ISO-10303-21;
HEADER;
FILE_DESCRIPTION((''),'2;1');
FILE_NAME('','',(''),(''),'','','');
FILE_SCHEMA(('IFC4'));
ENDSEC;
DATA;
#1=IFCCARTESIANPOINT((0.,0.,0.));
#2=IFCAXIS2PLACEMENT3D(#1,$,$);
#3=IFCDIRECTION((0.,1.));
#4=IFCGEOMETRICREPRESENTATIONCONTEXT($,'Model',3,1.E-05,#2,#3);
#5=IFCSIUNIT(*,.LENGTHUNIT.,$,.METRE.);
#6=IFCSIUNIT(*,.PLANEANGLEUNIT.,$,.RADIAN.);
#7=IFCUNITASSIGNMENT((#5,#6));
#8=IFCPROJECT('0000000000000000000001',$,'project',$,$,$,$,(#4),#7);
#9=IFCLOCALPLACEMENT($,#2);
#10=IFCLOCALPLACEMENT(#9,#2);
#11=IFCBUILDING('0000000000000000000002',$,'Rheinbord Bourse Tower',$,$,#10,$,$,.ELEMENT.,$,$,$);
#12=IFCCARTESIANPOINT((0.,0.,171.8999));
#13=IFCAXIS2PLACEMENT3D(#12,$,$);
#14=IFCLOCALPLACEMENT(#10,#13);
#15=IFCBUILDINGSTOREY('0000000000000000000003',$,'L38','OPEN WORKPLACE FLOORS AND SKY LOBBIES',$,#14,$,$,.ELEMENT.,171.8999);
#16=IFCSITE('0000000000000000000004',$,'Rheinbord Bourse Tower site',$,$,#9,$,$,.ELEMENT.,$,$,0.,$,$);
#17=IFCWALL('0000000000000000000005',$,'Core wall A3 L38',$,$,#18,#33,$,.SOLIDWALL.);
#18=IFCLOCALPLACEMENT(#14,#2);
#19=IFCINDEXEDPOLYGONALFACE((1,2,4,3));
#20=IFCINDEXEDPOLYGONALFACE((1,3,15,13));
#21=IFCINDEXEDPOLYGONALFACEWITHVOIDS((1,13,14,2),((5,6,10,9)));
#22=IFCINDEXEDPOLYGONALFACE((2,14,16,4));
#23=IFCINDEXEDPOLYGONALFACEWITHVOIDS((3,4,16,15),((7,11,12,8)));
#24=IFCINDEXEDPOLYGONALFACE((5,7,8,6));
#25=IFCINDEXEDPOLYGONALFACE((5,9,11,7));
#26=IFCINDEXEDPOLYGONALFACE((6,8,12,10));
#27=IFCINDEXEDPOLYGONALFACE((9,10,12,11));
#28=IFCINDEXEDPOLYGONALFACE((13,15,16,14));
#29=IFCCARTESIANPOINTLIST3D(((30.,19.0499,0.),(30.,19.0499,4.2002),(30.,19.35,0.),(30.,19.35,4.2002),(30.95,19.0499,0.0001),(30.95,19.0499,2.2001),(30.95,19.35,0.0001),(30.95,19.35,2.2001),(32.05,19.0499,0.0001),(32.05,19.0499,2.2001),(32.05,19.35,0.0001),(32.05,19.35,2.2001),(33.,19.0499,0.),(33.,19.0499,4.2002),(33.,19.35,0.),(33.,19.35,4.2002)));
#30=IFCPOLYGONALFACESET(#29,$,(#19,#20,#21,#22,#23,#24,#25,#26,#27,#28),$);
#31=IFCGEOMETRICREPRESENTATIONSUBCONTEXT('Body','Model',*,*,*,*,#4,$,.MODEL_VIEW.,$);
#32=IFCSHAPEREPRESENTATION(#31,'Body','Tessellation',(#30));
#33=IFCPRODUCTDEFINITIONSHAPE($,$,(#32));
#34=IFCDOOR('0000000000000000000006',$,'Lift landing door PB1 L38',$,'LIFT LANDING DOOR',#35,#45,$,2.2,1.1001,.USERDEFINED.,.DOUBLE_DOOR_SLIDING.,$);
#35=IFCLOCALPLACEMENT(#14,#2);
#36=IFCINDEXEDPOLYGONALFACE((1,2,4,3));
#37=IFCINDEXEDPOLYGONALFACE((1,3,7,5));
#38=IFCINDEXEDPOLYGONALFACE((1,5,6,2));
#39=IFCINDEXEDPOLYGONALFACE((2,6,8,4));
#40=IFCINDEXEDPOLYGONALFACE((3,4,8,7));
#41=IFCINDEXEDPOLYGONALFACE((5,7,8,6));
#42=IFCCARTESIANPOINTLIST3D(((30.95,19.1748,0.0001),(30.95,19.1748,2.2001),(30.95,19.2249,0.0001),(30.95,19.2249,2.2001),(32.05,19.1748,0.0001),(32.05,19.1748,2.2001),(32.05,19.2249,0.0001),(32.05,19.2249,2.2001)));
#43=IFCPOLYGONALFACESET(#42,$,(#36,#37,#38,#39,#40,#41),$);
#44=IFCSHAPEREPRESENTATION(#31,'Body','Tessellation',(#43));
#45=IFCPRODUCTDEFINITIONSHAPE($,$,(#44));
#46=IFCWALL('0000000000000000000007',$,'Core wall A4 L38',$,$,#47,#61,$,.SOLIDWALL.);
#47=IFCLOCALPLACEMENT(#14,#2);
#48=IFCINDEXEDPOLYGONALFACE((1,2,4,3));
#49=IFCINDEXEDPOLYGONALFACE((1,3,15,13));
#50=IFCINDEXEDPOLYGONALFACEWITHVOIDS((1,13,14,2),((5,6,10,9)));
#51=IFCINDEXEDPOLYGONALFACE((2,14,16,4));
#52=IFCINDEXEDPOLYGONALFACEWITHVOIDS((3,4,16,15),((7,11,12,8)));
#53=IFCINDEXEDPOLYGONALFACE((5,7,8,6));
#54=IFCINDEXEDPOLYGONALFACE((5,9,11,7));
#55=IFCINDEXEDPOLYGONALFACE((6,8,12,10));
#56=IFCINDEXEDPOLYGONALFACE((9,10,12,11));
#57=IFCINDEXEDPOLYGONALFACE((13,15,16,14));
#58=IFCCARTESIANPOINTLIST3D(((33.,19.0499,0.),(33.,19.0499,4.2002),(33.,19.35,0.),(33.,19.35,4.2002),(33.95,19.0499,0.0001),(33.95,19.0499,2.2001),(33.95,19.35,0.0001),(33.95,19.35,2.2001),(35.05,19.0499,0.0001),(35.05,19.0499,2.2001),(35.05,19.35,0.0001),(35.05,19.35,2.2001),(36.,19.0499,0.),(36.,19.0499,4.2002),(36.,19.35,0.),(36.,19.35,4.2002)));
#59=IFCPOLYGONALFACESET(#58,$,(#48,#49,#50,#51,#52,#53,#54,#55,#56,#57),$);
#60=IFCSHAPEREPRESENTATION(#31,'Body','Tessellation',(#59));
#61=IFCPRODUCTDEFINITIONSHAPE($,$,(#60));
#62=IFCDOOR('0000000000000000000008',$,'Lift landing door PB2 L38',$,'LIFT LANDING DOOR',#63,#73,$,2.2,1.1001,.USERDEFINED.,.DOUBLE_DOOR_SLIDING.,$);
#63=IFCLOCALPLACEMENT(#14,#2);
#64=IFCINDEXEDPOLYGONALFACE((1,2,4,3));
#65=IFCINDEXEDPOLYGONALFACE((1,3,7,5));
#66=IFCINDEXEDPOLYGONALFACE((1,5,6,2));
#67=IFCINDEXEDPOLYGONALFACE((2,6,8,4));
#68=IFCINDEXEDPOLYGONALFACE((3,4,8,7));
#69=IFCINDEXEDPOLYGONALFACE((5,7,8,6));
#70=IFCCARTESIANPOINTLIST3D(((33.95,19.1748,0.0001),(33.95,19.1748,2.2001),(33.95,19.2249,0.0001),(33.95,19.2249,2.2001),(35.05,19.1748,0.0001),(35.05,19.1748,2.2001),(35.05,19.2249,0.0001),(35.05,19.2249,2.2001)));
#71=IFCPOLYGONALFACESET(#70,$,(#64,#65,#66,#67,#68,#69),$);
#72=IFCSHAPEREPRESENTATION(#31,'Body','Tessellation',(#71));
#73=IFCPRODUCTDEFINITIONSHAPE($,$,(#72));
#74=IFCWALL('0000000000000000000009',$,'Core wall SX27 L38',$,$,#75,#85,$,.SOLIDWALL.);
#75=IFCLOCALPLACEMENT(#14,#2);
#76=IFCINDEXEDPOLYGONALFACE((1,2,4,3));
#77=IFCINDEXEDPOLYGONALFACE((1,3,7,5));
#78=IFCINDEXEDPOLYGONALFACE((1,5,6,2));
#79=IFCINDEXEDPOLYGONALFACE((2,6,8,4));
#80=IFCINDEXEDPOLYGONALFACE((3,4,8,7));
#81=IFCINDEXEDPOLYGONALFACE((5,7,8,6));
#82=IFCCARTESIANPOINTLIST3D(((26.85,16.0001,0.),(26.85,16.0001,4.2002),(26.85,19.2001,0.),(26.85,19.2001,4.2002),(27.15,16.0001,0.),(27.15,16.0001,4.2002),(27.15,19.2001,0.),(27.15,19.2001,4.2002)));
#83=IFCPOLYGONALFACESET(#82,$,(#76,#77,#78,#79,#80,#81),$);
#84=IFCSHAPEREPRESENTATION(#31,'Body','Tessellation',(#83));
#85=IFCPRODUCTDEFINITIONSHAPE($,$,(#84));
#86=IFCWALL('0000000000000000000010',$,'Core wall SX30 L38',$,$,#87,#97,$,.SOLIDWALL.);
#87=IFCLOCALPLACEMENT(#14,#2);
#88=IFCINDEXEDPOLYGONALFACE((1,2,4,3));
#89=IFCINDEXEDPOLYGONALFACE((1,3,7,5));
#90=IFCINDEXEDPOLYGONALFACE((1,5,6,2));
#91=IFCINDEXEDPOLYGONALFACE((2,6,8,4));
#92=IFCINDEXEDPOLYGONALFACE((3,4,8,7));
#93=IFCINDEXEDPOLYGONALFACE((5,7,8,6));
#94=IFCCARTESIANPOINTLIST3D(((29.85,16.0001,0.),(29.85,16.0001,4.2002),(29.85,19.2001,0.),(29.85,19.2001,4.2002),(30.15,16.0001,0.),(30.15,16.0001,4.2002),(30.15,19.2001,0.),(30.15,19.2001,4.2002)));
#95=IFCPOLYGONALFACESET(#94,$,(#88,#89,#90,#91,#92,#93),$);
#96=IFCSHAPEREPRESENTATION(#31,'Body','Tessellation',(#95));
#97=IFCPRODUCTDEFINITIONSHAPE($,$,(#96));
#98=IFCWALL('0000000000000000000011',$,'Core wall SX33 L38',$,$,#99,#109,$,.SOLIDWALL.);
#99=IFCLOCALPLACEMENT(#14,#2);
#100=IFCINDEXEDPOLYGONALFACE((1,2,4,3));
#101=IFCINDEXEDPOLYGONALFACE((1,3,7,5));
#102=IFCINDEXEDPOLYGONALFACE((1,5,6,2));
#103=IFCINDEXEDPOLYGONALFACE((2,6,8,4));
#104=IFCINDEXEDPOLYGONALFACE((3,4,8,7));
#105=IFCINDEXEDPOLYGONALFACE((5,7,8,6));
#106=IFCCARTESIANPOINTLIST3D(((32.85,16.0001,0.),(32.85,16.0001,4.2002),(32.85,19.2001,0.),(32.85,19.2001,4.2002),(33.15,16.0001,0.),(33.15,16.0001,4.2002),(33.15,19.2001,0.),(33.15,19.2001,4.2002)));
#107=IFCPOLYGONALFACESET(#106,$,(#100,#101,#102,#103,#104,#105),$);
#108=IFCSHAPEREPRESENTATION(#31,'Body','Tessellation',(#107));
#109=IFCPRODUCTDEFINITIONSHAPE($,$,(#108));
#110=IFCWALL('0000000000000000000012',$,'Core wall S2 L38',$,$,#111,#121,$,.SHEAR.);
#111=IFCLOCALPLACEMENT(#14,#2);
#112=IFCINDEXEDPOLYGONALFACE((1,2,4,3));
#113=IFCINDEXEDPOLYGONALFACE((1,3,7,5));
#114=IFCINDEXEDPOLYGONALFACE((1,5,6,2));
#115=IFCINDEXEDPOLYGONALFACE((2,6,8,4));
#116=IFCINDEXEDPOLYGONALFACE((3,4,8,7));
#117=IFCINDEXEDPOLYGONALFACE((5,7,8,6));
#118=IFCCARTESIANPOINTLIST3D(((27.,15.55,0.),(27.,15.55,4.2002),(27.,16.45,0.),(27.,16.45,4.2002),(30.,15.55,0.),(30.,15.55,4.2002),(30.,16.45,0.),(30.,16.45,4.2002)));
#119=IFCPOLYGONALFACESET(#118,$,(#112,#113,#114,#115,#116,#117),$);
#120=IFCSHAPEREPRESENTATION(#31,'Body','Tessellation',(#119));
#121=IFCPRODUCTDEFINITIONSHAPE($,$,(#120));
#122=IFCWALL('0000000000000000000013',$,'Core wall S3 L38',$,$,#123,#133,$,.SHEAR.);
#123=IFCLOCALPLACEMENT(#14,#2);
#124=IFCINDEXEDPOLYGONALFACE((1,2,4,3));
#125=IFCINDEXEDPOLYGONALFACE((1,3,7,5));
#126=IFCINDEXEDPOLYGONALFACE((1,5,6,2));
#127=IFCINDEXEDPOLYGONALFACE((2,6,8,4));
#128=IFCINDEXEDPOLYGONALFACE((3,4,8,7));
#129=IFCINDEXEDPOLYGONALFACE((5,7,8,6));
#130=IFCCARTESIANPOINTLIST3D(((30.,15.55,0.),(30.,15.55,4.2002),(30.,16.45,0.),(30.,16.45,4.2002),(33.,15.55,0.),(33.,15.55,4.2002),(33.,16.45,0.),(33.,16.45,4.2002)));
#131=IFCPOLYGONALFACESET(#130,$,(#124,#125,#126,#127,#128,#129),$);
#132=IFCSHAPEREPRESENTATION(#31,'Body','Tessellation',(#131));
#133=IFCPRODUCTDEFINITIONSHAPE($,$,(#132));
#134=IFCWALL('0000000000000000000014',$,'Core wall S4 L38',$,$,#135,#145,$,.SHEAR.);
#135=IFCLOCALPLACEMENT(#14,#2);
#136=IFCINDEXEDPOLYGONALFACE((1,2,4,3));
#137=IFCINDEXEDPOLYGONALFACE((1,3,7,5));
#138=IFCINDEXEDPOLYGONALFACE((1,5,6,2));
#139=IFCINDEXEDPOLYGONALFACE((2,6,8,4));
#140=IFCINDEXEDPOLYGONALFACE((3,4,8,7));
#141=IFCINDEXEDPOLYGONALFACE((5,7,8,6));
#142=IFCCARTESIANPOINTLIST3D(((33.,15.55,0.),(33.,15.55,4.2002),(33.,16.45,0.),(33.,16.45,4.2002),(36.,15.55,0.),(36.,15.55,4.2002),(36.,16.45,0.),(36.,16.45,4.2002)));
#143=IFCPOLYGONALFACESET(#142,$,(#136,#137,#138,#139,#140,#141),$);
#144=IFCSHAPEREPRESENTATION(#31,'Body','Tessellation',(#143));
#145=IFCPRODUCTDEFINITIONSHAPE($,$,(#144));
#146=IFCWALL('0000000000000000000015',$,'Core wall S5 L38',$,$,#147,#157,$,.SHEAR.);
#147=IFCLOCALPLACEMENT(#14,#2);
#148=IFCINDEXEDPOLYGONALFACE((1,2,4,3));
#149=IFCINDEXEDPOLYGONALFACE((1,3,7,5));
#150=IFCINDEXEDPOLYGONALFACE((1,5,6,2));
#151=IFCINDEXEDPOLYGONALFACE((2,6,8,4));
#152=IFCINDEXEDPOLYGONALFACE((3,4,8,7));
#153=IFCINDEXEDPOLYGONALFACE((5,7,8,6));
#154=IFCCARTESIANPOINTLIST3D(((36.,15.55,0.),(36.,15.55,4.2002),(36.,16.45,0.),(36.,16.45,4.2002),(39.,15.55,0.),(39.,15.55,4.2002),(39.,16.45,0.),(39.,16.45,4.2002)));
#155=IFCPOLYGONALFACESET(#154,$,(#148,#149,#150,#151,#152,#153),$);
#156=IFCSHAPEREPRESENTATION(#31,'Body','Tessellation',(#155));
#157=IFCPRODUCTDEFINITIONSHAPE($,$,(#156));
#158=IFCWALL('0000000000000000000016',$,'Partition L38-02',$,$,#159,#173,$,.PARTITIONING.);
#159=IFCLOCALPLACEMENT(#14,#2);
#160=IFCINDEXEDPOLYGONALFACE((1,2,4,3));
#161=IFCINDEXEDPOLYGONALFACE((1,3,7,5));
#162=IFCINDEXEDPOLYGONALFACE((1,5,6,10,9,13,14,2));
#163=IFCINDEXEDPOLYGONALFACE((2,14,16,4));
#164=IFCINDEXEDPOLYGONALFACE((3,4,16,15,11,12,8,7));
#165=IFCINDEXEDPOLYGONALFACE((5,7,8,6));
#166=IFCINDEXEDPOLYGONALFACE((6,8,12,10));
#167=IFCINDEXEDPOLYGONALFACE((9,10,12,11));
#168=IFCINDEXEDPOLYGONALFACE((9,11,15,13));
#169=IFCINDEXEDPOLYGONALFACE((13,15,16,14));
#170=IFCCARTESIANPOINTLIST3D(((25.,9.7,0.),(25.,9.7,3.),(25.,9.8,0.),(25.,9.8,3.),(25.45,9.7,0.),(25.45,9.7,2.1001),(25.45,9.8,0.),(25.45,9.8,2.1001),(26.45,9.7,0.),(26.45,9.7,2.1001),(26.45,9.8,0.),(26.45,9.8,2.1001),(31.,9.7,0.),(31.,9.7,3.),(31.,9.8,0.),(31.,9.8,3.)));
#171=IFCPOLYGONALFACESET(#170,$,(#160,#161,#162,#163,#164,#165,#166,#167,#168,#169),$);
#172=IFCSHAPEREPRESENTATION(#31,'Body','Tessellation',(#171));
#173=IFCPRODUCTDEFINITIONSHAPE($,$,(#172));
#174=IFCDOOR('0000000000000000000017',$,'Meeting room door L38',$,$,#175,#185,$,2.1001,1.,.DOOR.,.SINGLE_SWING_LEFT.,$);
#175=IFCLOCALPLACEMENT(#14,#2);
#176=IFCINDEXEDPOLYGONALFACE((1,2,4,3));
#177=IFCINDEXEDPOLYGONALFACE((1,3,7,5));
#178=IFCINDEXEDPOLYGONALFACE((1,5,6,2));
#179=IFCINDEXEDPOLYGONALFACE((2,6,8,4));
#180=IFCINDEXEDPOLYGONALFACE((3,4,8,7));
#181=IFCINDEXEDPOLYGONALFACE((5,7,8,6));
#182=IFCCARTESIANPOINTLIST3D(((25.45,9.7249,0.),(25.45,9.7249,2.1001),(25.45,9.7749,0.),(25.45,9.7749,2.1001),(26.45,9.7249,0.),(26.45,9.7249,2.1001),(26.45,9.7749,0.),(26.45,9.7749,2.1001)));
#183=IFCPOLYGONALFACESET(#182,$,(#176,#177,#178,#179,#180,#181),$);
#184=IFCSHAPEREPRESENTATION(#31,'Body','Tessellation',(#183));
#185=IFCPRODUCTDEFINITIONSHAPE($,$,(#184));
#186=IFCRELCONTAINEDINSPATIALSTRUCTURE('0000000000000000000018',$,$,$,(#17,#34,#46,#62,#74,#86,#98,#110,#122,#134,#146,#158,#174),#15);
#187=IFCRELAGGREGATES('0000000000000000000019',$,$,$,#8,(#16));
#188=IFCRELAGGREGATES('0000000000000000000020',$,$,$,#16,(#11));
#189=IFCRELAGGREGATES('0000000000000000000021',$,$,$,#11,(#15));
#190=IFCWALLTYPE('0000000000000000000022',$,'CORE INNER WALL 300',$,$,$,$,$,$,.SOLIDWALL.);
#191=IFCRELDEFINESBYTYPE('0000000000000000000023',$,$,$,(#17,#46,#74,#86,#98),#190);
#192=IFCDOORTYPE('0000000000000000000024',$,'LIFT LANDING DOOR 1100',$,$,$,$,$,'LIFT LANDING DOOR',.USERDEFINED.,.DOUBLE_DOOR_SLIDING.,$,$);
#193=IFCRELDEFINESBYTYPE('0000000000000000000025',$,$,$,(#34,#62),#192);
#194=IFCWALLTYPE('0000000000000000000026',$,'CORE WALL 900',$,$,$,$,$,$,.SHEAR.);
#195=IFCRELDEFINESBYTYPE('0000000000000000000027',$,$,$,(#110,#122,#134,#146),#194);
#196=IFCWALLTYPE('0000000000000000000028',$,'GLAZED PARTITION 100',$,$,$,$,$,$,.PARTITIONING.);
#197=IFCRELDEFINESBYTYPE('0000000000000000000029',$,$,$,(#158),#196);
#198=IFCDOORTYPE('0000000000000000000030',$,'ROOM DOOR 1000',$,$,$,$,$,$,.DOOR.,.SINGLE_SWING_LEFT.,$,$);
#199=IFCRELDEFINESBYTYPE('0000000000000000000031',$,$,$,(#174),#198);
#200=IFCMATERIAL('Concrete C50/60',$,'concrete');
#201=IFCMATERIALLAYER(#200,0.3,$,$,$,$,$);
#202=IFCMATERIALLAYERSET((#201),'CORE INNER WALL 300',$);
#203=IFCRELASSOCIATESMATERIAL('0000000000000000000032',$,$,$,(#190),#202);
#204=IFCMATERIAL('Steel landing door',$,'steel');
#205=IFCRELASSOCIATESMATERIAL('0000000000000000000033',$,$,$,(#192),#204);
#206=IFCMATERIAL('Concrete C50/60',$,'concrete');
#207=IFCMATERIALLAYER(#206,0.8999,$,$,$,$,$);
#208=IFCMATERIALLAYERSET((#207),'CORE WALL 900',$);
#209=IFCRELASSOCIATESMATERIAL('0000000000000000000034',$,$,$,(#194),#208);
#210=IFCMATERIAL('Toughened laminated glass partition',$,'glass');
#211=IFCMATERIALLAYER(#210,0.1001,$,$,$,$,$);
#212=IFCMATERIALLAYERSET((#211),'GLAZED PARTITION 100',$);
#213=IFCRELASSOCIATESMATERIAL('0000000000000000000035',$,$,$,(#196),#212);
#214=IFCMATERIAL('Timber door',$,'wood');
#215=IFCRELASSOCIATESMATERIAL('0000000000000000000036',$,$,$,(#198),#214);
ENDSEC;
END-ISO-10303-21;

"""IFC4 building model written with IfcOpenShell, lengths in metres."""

from ifc_helpers import new_model, si_unit, direction, frame, frame_2d, origin, place, context, subcontext, project, spatial, rectangle, extrude, material, layer, layer_set, type_object, element, fill, save


model = new_model("IFC4")

# Units and contexts
model_context = context("Model", 3, precision=1e-05, world=origin(), true_north=direction((0.0, 1.0)))
body_context = subcontext(model_context, "Body", "Model", "MODEL_VIEW")
ifc_project = project(units=[si_unit("LENGTHUNIT", "METRE"), si_unit("PLANEANGLEUNIT", "RADIAN")], contexts=[model_context])

# Site, building, storey
site_placement = place(None, origin())
site = spatial("IfcSite", under=ifc_project, at=site_placement, Name="Rheinbord Bourse Tower site", CompositionType="ELEMENT", RefElevation=0.0)
building_placement = place(site_placement, origin())
building = spatial("IfcBuilding", under=site, at=building_placement, Name="Rheinbord Bourse Tower", CompositionType="ELEMENT")
storey_placement = place(building_placement, frame((0.0, 0.0, 171.8999)))
storey = spatial("IfcBuildingStorey", under=building, at=storey_placement, Name="L38", Description="OPEN WORKPLACE FLOORS AND SKY LOBBIES", CompositionType="ELEMENT", Elevation=171.8999)

# Walls, openings, doors
ifc_material_1 = material(Name="Concrete C50/60", Category="concrete")
ifc_layer_1 = layer(ifc_material_1, 0.3)
ifc_layer_set_1 = layer_set([ifc_layer_1], Name="CORE INNER WALL 300")
wall_type_1 = type_object("IfcWallType", Name="CORE INNER WALL 300", PredefinedType="SOLIDWALL", material=ifc_layer_set_1)
ifc_material_2 = material(Name="Steel landing door", Category="steel")
door_type_1 = type_object("IfcDoorType", Name="LIFT LANDING DOOR 1100", ElementType="LIFT LANDING DOOR", OperationType="DOUBLE_DOOR_SLIDING", PredefinedType="USERDEFINED", material=ifc_material_2)
wall_1_placement = place(storey_placement, frame((30.0, 19.2, 0.0), z_axis=(0.0, 0.0, 1.0), x_axis=(1.0, 0.0, 0.0)))
wall_1 = element("IfcWall", 1, at=wall_1_placement, inside=storey, type_object=wall_type_1, Name="Core wall A3 L38", PredefinedType="SOLIDWALL", context=body_context, shape_type="SweptSolid", body=[
    extrude(rectangle(XDim=3.0, YDim=0.3, at=frame_2d((1.5, 0.0))), origin(), (0.0, 0.0, 1.0), 4.2002),
])
opening_1_placement = place(wall_1_placement, frame((0.95, 0.0, 0.0)))
opening_1 = element("IfcOpeningElement", 2, at=opening_1_placement, cuts=wall_1, PredefinedType="OPENING", context=body_context, shape_type="SweptSolid", body=[
    extrude(rectangle(XDim=1.1001, YDim=2.2, at=frame_2d((0.55, 1.1001))), frame((0.0, 0.1599, 0.0), z_axis=(0.0, -1.0, 0.0), x_axis=(1.0, 0.0, 0.0)), (0.0, 0.0, 1.0), 0.3201),
])
door_1_placement = place(opening_1_placement, origin())
door_1 = element("IfcDoor", 3, at=door_1_placement, inside=storey, type_object=door_type_1, Name="Lift landing door PB1 L38", ObjectType="LIFT LANDING DOOR", OperationType="DOUBLE_DOOR_SLIDING", OverallHeight=2.2, OverallWidth=1.1001, PredefinedType="USERDEFINED", context=body_context, shape_type="SweptSolid", body=[
    extrude(rectangle(XDim=1.1001, YDim=2.2, at=frame_2d((0.55, 1.1001))), frame((0.0, 0.0249, 0.0), z_axis=(0.0, -1.0, 0.0), x_axis=(1.0, 0.0, 0.0)), (0.0, 0.0, 1.0), 0.05),
])
fill(opening_1, door_1)
wall_2_placement = place(storey_placement, frame((33.0, 19.2, 0.0), z_axis=(0.0, 0.0, 1.0), x_axis=(1.0, 0.0, 0.0)))
wall_2 = element("IfcWall", 4, at=wall_2_placement, inside=storey, type_object=wall_type_1, Name="Core wall A4 L38", PredefinedType="SOLIDWALL", context=body_context, shape_type="SweptSolid", body=[
    extrude(rectangle(XDim=3.0, YDim=0.3, at=frame_2d((1.5, 0.0))), origin(), (0.0, 0.0, 1.0), 4.2002),
])
opening_2_placement = place(wall_2_placement, frame((0.95, 0.0, 0.0)))
opening_2 = element("IfcOpeningElement", 5, at=opening_2_placement, cuts=wall_2, PredefinedType="OPENING", context=body_context, shape_type="SweptSolid", body=[
    extrude(rectangle(XDim=1.1001, YDim=2.2, at=frame_2d((0.55, 1.1001))), frame((0.0, 0.1599, 0.0), z_axis=(0.0, -1.0, 0.0), x_axis=(1.0, 0.0, 0.0)), (0.0, 0.0, 1.0), 0.3201),
])
door_2_placement = place(opening_2_placement, origin())
door_2 = element("IfcDoor", 6, at=door_2_placement, inside=storey, type_object=door_type_1, Name="Lift landing door PB2 L38", ObjectType="LIFT LANDING DOOR", OperationType="DOUBLE_DOOR_SLIDING", OverallHeight=2.2, OverallWidth=1.1001, PredefinedType="USERDEFINED", context=body_context, shape_type="SweptSolid", body=[
    extrude(rectangle(XDim=1.1001, YDim=2.2, at=frame_2d((0.55, 1.1001))), frame((0.0, 0.0249, 0.0), z_axis=(0.0, -1.0, 0.0), x_axis=(1.0, 0.0, 0.0)), (0.0, 0.0, 1.0), 0.05),
])
fill(opening_2, door_2)

# Walls
for number, where, z_axis, x_axis, name in (
    (7, (27.0, 16.0, 0.0), (0.0, 0.0, 1.0), (0.0, 1.0, 0.0), "Core wall SX27 L38"),
    (8, (30.0, 16.0, 0.0), (0.0, 0.0, 1.0), (0.0, 1.0, 0.0), "Core wall SX30 L38"),
    (9, (33.0, 16.0, 0.0), (0.0, 0.0, 1.0), (0.0, 1.0, 0.0), "Core wall SX33 L38"),
):
    element("IfcWall", number, at=place(storey_placement, frame(where, z_axis=z_axis, x_axis=x_axis)), inside=storey, type_object=wall_type_1, Name=name, PredefinedType="SOLIDWALL", context=body_context, shape_type="SweptSolid", body=[
        extrude(rectangle(XDim=3.2, YDim=0.3, at=frame_2d((1.6001, 0.0))), origin(), (0.0, 0.0, 1.0), 4.2002),
    ])
ifc_material_3 = material(Name="Concrete C50/60", Category="concrete")
ifc_layer_2 = layer(ifc_material_3, 0.8999)
ifc_layer_set_2 = layer_set([ifc_layer_2], Name="CORE WALL 900")
wall_type_2 = type_object("IfcWallType", Name="CORE WALL 900", PredefinedType="SHEAR", material=ifc_layer_set_2)
for number, where, z_axis, x_axis, name in (
    (10, (27.0, 16.0, 0.0), (0.0, 0.0, 1.0), (1.0, 0.0, 0.0), "Core wall S2 L38"),
    (11, (30.0, 16.0, 0.0), (0.0, 0.0, 1.0), (1.0, 0.0, 0.0), "Core wall S3 L38"),
    (12, (33.0, 16.0, 0.0), (0.0, 0.0, 1.0), (1.0, 0.0, 0.0), "Core wall S4 L38"),
    (13, (36.0, 16.0, 0.0), (0.0, 0.0, 1.0), (1.0, 0.0, 0.0), "Core wall S5 L38"),
):
    element("IfcWall", number, at=place(storey_placement, frame(where, z_axis=z_axis, x_axis=x_axis)), inside=storey, type_object=wall_type_2, Name=name, PredefinedType="SHEAR", context=body_context, shape_type="SweptSolid", body=[
        extrude(rectangle(XDim=3.0, YDim=0.8999, at=frame_2d((1.5, 0.0))), origin(), (0.0, 0.0, 1.0), 4.2002),
    ])

# Wall, opening, door
ifc_material_4 = material(Name="Toughened laminated glass partition", Category="glass")
ifc_layer_3 = layer(ifc_material_4, 0.1001)
ifc_layer_set_3 = layer_set([ifc_layer_3], Name="GLAZED PARTITION 100")
wall_type_3 = type_object("IfcWallType", Name="GLAZED PARTITION 100", PredefinedType="PARTITIONING", material=ifc_layer_set_3)
wall_3_placement = place(storey_placement, frame((25.0, 9.75, 0.0), z_axis=(0.0, 0.0, 1.0), x_axis=(1.0, 0.0, 0.0)))
wall_3 = element("IfcWall", 14, at=wall_3_placement, inside=storey, type_object=wall_type_3, Name="Partition L38-02", PredefinedType="PARTITIONING", context=body_context, shape_type="SweptSolid", body=[
    extrude(rectangle(XDim=6.0, YDim=0.1001, at=frame_2d((3.0, 0.0))), origin(), (0.0, 0.0, 1.0), 3.0),
])
opening_3_placement = place(wall_3_placement, frame((0.45, 0.0, 0.0)))
opening_3 = element("IfcOpeningElement", 15, at=opening_3_placement, cuts=wall_3, PredefinedType="OPENING", context=body_context, shape_type="SweptSolid", body=[
    extrude(rectangle(XDim=1.0, YDim=2.1001, at=frame_2d((0.5, 1.05))), frame((0.0, 0.0601, 0.0), z_axis=(0.0, -1.0, 0.0), x_axis=(1.0, 0.0, 0.0)), (0.0, 0.0, 1.0), 0.1201),
])
ifc_material_5 = material(Name="Timber door", Category="wood")
door_type_2 = type_object("IfcDoorType", Name="ROOM DOOR 1000", OperationType="SINGLE_SWING_LEFT", PredefinedType="DOOR", material=ifc_material_5)
door_3_placement = place(opening_3_placement, origin())
door_3 = element("IfcDoor", 16, at=door_3_placement, inside=storey, type_object=door_type_2, Name="Meeting room door L38", OperationType="SINGLE_SWING_LEFT", OverallHeight=2.1001, OverallWidth=1.0, PredefinedType="DOOR", context=body_context, shape_type="SweptSolid", body=[
    extrude(rectangle(XDim=1.0, YDim=2.1001, at=frame_2d((0.5, 1.05))), frame((0.0, 0.0249, 0.0), z_axis=(0.0, -1.0, 0.0), x_axis=(1.0, 0.0, 0.0)), (0.0, 0.0, 1.0), 0.05),
])
fill(opening_3, door_3)

save(model, "model.ifc")
